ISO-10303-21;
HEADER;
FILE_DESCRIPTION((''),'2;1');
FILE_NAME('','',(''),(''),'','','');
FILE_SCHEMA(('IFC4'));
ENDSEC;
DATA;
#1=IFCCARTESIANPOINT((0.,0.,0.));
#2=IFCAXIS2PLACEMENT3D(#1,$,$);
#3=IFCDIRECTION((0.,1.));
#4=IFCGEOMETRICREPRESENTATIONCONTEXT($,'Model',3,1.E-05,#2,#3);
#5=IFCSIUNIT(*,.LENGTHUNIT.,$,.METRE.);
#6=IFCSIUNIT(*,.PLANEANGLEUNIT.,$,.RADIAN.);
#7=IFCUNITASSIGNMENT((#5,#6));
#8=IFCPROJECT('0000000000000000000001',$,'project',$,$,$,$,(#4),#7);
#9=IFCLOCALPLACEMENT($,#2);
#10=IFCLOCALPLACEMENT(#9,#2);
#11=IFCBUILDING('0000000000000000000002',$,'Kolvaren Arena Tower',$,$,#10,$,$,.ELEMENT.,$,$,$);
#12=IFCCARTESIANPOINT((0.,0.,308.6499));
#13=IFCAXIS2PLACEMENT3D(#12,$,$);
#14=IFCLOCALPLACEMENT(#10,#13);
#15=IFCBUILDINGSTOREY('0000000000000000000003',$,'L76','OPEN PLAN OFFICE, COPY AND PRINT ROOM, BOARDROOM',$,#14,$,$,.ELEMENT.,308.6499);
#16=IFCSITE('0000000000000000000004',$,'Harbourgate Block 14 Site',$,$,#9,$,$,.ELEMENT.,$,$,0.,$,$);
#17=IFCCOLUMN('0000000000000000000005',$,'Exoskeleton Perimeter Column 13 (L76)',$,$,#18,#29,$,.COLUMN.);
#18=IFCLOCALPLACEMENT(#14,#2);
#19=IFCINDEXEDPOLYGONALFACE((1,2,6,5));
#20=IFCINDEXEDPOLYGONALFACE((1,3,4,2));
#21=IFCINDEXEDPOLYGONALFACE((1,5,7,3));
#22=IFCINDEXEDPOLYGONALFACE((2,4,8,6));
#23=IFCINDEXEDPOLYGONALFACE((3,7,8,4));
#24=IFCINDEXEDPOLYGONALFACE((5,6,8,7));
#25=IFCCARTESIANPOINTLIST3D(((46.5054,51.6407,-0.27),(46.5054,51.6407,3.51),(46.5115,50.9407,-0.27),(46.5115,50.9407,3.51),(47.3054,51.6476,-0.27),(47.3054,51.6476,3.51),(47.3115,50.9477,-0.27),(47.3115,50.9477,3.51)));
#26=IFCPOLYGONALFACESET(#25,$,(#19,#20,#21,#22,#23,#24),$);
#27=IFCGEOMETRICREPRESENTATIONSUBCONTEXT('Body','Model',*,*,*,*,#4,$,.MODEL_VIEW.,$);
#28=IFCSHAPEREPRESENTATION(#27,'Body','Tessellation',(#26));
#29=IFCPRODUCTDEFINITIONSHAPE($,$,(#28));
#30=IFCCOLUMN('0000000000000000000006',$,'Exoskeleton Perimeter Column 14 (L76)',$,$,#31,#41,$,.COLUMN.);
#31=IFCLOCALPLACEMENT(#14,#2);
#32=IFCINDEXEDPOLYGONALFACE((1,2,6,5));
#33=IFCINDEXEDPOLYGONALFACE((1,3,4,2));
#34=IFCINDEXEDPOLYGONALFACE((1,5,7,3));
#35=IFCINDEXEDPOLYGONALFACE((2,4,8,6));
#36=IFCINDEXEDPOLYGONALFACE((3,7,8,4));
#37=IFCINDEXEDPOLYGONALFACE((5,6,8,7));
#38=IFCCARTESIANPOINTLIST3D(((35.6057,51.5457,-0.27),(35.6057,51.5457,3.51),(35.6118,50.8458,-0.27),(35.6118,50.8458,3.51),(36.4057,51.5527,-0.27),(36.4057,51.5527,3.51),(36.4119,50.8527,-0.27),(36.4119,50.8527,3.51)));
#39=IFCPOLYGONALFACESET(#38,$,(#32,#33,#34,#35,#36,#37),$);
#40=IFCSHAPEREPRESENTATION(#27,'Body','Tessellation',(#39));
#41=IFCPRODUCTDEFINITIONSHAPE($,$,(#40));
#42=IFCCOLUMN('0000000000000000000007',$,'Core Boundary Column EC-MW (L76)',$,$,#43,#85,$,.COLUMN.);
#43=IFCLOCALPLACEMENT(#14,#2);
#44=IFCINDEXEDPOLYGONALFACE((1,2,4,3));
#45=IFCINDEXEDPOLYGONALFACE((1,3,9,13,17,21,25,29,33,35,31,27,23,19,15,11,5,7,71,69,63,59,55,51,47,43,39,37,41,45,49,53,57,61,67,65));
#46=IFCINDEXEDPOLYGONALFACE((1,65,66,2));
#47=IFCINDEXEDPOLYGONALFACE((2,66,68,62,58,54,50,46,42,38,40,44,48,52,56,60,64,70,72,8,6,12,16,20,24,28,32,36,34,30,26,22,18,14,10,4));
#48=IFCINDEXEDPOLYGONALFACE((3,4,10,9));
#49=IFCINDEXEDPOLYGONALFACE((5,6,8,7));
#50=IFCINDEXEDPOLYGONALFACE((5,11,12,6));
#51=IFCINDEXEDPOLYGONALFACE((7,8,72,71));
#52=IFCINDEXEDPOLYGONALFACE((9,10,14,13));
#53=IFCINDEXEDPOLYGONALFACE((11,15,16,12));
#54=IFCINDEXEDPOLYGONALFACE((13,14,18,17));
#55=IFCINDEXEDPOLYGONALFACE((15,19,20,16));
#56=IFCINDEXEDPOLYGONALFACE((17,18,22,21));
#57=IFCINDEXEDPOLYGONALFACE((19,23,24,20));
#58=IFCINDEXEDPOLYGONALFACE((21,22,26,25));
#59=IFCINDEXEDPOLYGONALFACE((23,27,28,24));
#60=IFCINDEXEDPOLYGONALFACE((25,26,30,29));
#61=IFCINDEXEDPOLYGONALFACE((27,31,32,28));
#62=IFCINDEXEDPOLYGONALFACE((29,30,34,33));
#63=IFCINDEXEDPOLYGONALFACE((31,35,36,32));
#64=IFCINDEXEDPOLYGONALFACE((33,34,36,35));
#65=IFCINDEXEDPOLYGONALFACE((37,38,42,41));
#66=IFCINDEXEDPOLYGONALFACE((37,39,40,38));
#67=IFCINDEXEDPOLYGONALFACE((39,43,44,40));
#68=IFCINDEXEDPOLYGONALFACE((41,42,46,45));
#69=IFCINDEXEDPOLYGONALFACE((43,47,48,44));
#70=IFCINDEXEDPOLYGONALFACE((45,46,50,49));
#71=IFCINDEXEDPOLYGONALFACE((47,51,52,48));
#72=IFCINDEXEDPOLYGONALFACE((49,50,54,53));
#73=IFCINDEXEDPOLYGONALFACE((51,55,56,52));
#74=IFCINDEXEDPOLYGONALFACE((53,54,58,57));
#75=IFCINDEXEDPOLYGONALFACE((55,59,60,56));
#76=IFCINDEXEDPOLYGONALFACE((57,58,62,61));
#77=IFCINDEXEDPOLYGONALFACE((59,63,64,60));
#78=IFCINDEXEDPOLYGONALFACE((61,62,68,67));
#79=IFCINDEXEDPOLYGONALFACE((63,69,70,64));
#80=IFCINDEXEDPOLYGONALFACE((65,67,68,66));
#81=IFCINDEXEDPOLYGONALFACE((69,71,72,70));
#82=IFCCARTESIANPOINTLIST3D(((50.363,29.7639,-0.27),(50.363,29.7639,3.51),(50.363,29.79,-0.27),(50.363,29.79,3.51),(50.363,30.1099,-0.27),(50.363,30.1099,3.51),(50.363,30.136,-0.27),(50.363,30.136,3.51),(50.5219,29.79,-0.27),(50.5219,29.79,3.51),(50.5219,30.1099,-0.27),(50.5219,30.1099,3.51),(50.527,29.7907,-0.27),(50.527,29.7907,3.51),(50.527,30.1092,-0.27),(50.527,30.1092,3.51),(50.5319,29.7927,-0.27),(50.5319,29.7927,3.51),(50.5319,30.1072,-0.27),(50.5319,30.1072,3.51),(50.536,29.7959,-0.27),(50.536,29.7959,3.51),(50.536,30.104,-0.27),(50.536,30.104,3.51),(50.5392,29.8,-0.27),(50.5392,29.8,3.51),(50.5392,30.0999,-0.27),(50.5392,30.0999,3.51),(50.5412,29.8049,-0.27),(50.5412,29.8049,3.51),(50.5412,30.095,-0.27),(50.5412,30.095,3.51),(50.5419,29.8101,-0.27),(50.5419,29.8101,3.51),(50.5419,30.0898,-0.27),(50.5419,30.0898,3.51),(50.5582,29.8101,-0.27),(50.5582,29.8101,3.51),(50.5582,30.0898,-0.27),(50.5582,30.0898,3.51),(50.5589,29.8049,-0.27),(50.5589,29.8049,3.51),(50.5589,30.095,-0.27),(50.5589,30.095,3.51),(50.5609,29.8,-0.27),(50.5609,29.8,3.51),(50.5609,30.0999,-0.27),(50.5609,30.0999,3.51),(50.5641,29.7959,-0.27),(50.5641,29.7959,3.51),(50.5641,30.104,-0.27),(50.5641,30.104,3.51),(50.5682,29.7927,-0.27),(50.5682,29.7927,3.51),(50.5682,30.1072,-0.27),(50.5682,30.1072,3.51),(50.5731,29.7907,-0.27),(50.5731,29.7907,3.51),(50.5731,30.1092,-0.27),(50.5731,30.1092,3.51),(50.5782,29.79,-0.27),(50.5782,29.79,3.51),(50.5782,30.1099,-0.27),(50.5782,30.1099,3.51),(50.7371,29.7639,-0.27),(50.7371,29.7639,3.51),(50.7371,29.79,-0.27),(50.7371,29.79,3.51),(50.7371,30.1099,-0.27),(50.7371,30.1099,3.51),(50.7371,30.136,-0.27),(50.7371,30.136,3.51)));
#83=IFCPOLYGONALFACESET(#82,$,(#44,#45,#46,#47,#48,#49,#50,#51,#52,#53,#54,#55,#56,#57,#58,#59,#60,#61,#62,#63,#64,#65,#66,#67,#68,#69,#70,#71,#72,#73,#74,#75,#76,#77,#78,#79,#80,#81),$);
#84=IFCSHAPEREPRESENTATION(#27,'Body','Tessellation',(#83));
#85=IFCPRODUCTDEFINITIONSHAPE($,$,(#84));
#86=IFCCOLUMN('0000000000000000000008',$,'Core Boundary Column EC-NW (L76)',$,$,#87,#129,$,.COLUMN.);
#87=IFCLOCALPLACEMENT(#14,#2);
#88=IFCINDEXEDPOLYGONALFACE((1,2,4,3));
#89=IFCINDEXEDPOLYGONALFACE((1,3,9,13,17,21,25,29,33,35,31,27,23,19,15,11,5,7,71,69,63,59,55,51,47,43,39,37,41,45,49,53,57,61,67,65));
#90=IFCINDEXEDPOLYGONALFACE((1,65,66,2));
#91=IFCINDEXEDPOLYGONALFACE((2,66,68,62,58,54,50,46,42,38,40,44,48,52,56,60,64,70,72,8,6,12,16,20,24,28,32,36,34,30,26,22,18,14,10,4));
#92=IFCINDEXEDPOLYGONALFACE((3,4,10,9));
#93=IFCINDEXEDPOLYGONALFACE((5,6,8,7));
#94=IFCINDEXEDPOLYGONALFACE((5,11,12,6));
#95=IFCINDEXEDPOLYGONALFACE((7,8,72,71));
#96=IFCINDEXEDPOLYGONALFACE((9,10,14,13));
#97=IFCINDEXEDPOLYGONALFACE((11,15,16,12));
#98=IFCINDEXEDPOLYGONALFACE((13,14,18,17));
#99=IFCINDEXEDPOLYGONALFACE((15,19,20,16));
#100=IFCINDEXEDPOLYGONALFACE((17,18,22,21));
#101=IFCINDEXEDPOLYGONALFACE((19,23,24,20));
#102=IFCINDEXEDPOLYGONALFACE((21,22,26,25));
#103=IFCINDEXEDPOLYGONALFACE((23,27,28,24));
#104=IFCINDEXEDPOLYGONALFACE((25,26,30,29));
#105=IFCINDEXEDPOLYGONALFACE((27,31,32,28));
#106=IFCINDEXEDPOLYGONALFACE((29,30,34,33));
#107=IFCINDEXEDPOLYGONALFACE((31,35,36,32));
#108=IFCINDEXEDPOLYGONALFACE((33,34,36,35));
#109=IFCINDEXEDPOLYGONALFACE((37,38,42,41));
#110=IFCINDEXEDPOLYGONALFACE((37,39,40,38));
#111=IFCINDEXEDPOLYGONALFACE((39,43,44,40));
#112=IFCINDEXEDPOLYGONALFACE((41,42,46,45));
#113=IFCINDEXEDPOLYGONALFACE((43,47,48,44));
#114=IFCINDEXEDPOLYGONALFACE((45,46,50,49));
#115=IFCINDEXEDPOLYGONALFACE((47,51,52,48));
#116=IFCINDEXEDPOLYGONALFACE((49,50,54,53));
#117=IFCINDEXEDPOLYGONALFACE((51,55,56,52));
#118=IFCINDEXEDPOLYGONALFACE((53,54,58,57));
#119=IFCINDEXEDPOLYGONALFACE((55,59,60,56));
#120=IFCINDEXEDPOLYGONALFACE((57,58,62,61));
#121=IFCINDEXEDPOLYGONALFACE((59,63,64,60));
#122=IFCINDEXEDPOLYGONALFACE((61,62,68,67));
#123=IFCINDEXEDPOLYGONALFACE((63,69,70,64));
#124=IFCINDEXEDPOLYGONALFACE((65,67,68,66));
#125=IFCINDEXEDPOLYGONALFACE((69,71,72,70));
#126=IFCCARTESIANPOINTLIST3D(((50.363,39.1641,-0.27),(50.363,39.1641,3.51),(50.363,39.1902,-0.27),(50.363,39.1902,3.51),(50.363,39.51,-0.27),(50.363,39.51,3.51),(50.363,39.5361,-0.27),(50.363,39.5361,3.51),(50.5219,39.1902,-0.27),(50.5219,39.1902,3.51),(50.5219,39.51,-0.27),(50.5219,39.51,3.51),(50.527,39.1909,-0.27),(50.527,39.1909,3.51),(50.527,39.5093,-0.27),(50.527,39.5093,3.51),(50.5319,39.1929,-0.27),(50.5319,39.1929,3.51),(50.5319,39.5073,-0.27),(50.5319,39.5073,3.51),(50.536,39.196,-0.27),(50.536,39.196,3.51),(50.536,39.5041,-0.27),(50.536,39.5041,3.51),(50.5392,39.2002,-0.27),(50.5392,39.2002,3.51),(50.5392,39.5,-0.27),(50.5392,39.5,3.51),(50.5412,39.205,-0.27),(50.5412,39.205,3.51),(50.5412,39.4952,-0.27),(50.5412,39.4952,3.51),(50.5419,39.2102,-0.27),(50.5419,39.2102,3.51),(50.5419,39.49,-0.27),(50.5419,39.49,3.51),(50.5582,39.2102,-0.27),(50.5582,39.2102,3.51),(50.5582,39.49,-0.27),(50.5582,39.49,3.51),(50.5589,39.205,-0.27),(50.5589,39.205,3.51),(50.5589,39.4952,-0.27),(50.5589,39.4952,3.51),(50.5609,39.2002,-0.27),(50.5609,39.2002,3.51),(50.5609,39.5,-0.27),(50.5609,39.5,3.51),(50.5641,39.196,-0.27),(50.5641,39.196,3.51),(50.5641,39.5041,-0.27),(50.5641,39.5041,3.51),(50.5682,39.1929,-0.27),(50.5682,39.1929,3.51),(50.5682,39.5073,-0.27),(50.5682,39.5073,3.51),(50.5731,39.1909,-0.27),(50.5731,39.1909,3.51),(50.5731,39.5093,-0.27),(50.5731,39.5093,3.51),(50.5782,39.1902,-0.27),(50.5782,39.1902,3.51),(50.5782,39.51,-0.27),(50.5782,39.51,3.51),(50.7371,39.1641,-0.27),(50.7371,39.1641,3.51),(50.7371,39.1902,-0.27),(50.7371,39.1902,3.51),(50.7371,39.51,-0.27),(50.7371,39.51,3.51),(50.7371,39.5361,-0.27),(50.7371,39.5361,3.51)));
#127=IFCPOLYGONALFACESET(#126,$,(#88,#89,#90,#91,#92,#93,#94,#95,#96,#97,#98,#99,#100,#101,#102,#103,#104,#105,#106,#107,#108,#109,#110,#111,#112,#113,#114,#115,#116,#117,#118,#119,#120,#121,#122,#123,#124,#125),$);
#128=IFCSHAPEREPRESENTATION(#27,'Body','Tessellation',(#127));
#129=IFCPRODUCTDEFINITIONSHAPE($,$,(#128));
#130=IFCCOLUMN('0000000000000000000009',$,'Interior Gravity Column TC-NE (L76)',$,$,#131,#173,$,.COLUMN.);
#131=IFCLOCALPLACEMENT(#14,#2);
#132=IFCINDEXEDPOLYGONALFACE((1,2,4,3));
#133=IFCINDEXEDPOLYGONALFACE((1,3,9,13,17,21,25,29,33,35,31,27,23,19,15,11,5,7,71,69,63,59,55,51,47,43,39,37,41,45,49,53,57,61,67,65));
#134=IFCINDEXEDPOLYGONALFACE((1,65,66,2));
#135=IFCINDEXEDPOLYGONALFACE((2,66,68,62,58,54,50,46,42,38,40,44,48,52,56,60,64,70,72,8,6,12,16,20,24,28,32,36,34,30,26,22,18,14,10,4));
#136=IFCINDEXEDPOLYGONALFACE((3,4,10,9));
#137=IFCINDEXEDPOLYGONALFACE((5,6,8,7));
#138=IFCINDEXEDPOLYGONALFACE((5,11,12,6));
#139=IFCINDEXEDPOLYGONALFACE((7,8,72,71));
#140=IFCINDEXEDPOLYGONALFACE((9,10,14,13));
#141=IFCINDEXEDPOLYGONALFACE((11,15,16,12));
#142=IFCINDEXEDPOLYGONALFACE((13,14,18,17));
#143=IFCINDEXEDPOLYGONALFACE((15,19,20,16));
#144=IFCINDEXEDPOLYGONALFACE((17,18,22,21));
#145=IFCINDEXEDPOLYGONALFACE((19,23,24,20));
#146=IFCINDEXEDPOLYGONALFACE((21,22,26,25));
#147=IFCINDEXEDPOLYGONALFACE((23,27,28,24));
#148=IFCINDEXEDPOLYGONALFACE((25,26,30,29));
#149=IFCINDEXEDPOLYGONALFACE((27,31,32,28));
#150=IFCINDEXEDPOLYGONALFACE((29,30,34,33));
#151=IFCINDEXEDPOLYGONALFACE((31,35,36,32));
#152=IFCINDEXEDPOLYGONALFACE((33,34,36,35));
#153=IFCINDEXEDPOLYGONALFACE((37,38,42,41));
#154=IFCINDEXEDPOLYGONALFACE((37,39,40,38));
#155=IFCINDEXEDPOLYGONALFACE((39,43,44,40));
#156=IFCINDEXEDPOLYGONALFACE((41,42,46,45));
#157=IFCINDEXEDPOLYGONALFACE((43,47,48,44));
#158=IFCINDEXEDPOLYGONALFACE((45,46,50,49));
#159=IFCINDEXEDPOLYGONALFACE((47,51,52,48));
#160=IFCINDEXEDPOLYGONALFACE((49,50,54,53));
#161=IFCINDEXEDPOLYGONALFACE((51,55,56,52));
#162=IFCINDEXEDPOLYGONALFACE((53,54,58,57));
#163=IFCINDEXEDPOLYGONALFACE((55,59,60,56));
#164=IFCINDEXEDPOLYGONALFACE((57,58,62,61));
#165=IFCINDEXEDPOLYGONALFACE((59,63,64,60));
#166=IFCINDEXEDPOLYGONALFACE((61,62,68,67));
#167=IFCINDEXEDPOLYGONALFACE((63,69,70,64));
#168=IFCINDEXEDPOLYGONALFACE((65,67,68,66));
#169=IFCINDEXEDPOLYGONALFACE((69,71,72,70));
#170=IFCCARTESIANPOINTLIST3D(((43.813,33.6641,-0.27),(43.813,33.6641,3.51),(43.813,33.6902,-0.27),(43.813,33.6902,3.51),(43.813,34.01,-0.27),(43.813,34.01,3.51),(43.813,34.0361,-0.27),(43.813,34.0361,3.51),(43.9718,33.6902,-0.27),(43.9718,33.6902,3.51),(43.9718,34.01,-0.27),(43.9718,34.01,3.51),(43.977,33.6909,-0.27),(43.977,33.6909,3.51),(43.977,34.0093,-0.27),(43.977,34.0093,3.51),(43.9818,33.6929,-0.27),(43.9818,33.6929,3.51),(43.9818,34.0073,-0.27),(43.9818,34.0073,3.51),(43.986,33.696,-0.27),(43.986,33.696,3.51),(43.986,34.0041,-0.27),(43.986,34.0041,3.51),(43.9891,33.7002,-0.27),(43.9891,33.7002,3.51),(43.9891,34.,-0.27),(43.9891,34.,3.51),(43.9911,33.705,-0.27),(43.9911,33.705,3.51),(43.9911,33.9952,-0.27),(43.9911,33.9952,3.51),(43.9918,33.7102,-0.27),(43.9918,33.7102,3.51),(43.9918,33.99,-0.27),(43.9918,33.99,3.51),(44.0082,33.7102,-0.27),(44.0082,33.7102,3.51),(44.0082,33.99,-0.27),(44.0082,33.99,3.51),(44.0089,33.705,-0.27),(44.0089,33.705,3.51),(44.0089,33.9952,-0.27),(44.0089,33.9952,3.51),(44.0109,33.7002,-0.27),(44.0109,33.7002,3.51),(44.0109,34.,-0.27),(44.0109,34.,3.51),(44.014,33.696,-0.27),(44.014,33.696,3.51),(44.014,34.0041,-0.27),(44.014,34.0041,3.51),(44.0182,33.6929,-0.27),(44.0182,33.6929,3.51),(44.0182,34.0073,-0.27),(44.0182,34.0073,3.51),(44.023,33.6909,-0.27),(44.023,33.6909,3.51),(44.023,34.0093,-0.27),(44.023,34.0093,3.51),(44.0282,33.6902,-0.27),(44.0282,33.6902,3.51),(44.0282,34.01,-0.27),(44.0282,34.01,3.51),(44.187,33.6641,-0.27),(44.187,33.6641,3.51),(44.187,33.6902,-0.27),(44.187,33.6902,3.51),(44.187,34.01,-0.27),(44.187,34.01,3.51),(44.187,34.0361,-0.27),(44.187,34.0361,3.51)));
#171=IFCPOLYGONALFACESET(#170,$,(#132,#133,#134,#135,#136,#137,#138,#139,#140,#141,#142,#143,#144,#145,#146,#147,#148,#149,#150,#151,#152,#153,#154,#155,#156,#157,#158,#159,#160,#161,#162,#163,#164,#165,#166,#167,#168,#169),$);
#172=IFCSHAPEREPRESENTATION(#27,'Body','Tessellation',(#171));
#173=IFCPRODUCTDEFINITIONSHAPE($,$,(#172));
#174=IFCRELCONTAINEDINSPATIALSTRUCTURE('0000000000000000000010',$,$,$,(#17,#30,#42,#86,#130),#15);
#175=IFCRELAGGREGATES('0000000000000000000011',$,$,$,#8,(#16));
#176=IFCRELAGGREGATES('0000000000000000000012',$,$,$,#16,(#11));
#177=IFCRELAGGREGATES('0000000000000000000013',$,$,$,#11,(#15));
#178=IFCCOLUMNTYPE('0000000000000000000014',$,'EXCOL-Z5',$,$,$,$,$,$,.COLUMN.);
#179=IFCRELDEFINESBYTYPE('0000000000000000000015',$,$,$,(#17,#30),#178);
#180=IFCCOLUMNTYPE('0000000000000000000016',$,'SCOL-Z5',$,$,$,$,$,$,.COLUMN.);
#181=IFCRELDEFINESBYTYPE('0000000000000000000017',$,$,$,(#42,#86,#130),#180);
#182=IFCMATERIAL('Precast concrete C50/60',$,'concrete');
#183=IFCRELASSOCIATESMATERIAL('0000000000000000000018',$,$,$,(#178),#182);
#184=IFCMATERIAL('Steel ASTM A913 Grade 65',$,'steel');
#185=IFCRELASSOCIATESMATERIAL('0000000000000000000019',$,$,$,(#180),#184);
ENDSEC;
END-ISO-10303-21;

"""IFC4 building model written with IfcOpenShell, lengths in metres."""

from ifc_helpers import new_model, si_unit, direction, frame, origin, origin_2d, place, context, subcontext, project, spatial, rectangle, i_section, extrude, material, material_profile, profile_set, type_object, element, save


model = new_model("IFC4")

# Units and contexts
model_context = context("Model", 3, precision=1e-05, world=origin(), true_north=direction((0.0, 1.0)))
body_context = subcontext(model_context, "Body", "Model", "MODEL_VIEW")
ifc_project = project(units=[si_unit("LENGTHUNIT", "METRE"), si_unit("PLANEANGLEUNIT", "RADIAN")], contexts=[model_context])

# Site, building, storey
site_placement = place(None, origin())
site = spatial("IfcSite", under=ifc_project, at=site_placement, Name="Harbourgate Block 14 Site", CompositionType="ELEMENT", RefElevation=0.0)
building_placement = place(site_placement, origin())
building = spatial("IfcBuilding", under=site, at=building_placement, Name="Kolvaren Arena Tower", CompositionType="ELEMENT")
storey_placement = place(building_placement, frame((0.0, 0.0, 308.6499)))
storey = spatial("IfcBuildingStorey", under=building, at=storey_placement, Name="L76", Description="OPEN PLAN OFFICE, COPY AND PRINT ROOM, BOARDROOM", CompositionType="ELEMENT", Elevation=308.6499)

# Columns
ifc_material_1 = material(Name="Precast concrete C50/60", Category="concrete")
ifc_material_profile_1 = material_profile(ifc_material_1, rectangle(XDim=0.8, YDim=0.7, at=origin_2d()), Name="RC-800x700")
ifc_profile_set_1 = profile_set([ifc_material_profile_1], Name="Precast concrete C50/60")
column_type_1 = type_object("IfcColumnType", Name="EXCOL-Z5", PredefinedType="COLUMN", material=ifc_profile_set_1)
for number, where, z_axis, x_axis, name in (
    (1, (46.9084, 51.2942, -0.27), (0.0, 0.0, 1.0), (0.999962, 0.008727, 0.0), "Exoskeleton Perimeter Column 13 (L76)"),
    (2, (36.0088, 51.1992, -0.27), (0.0, 0.0, 1.0), (0.999962, 0.008727, 0.0), "Exoskeleton Perimeter Column 14 (L76)"),
):
    element("IfcColumn", number, at=place(storey_placement, frame(where, z_axis=z_axis, x_axis=x_axis)), inside=storey, type_object=column_type_1, Name=name, PredefinedType="COLUMN", context=body_context, shape_type="SweptSolid", body=[
        extrude(rectangle(XDim=0.8, YDim=0.7, at=origin_2d()), origin(), (0.0, 0.0, 1.0), 3.78),
    ])
ifc_material_2 = material(Name="Steel ASTM A913 Grade 65", Category="steel")
ifc_material_profile_2 = material_profile(ifc_material_2, i_section(OverallWidth=0.374, OverallDepth=0.3721, WebThickness=0.0164, FlangeThickness=0.0261, FilletRadius=0.02, at=origin_2d()), Name="W360x196")
ifc_profile_set_2 = profile_set([ifc_material_profile_2], Name="Steel ASTM A913 Grade 65")
column_type_2 = type_object("IfcColumnType", Name="SCOL-Z5", PredefinedType="COLUMN", material=ifc_profile_set_2)
for number, where, z_axis, x_axis, name in (
    (3, (50.55, 29.95, -0.27), (0.0, 0.0, 1.0), (1.0, 0.0, 0.0), "Core Boundary Column EC-MW (L76)"),
    (4, (50.55, 39.3501, -0.27), (0.0, 0.0, 1.0), (1.0, 0.0, 0.0), "Core Boundary Column EC-NW (L76)"),
    (5, (44.0, 33.8501, -0.27), (0.0, 0.0, 1.0), (1.0, 0.0, 0.0), "Interior Gravity Column TC-NE (L76)"),
):
    element("IfcColumn", number, at=place(storey_placement, frame(where, z_axis=z_axis, x_axis=x_axis)), inside=storey, type_object=column_type_2, Name=name, PredefinedType="COLUMN", context=body_context, shape_type="SweptSolid", body=[
        extrude(i_section(OverallWidth=0.374, OverallDepth=0.3721, WebThickness=0.0164, FlangeThickness=0.0261, FilletRadius=0.02, at=origin_2d()), origin(), (0.0, 0.0, 1.0), 3.78),
    ])

save(model, "model.ifc")
